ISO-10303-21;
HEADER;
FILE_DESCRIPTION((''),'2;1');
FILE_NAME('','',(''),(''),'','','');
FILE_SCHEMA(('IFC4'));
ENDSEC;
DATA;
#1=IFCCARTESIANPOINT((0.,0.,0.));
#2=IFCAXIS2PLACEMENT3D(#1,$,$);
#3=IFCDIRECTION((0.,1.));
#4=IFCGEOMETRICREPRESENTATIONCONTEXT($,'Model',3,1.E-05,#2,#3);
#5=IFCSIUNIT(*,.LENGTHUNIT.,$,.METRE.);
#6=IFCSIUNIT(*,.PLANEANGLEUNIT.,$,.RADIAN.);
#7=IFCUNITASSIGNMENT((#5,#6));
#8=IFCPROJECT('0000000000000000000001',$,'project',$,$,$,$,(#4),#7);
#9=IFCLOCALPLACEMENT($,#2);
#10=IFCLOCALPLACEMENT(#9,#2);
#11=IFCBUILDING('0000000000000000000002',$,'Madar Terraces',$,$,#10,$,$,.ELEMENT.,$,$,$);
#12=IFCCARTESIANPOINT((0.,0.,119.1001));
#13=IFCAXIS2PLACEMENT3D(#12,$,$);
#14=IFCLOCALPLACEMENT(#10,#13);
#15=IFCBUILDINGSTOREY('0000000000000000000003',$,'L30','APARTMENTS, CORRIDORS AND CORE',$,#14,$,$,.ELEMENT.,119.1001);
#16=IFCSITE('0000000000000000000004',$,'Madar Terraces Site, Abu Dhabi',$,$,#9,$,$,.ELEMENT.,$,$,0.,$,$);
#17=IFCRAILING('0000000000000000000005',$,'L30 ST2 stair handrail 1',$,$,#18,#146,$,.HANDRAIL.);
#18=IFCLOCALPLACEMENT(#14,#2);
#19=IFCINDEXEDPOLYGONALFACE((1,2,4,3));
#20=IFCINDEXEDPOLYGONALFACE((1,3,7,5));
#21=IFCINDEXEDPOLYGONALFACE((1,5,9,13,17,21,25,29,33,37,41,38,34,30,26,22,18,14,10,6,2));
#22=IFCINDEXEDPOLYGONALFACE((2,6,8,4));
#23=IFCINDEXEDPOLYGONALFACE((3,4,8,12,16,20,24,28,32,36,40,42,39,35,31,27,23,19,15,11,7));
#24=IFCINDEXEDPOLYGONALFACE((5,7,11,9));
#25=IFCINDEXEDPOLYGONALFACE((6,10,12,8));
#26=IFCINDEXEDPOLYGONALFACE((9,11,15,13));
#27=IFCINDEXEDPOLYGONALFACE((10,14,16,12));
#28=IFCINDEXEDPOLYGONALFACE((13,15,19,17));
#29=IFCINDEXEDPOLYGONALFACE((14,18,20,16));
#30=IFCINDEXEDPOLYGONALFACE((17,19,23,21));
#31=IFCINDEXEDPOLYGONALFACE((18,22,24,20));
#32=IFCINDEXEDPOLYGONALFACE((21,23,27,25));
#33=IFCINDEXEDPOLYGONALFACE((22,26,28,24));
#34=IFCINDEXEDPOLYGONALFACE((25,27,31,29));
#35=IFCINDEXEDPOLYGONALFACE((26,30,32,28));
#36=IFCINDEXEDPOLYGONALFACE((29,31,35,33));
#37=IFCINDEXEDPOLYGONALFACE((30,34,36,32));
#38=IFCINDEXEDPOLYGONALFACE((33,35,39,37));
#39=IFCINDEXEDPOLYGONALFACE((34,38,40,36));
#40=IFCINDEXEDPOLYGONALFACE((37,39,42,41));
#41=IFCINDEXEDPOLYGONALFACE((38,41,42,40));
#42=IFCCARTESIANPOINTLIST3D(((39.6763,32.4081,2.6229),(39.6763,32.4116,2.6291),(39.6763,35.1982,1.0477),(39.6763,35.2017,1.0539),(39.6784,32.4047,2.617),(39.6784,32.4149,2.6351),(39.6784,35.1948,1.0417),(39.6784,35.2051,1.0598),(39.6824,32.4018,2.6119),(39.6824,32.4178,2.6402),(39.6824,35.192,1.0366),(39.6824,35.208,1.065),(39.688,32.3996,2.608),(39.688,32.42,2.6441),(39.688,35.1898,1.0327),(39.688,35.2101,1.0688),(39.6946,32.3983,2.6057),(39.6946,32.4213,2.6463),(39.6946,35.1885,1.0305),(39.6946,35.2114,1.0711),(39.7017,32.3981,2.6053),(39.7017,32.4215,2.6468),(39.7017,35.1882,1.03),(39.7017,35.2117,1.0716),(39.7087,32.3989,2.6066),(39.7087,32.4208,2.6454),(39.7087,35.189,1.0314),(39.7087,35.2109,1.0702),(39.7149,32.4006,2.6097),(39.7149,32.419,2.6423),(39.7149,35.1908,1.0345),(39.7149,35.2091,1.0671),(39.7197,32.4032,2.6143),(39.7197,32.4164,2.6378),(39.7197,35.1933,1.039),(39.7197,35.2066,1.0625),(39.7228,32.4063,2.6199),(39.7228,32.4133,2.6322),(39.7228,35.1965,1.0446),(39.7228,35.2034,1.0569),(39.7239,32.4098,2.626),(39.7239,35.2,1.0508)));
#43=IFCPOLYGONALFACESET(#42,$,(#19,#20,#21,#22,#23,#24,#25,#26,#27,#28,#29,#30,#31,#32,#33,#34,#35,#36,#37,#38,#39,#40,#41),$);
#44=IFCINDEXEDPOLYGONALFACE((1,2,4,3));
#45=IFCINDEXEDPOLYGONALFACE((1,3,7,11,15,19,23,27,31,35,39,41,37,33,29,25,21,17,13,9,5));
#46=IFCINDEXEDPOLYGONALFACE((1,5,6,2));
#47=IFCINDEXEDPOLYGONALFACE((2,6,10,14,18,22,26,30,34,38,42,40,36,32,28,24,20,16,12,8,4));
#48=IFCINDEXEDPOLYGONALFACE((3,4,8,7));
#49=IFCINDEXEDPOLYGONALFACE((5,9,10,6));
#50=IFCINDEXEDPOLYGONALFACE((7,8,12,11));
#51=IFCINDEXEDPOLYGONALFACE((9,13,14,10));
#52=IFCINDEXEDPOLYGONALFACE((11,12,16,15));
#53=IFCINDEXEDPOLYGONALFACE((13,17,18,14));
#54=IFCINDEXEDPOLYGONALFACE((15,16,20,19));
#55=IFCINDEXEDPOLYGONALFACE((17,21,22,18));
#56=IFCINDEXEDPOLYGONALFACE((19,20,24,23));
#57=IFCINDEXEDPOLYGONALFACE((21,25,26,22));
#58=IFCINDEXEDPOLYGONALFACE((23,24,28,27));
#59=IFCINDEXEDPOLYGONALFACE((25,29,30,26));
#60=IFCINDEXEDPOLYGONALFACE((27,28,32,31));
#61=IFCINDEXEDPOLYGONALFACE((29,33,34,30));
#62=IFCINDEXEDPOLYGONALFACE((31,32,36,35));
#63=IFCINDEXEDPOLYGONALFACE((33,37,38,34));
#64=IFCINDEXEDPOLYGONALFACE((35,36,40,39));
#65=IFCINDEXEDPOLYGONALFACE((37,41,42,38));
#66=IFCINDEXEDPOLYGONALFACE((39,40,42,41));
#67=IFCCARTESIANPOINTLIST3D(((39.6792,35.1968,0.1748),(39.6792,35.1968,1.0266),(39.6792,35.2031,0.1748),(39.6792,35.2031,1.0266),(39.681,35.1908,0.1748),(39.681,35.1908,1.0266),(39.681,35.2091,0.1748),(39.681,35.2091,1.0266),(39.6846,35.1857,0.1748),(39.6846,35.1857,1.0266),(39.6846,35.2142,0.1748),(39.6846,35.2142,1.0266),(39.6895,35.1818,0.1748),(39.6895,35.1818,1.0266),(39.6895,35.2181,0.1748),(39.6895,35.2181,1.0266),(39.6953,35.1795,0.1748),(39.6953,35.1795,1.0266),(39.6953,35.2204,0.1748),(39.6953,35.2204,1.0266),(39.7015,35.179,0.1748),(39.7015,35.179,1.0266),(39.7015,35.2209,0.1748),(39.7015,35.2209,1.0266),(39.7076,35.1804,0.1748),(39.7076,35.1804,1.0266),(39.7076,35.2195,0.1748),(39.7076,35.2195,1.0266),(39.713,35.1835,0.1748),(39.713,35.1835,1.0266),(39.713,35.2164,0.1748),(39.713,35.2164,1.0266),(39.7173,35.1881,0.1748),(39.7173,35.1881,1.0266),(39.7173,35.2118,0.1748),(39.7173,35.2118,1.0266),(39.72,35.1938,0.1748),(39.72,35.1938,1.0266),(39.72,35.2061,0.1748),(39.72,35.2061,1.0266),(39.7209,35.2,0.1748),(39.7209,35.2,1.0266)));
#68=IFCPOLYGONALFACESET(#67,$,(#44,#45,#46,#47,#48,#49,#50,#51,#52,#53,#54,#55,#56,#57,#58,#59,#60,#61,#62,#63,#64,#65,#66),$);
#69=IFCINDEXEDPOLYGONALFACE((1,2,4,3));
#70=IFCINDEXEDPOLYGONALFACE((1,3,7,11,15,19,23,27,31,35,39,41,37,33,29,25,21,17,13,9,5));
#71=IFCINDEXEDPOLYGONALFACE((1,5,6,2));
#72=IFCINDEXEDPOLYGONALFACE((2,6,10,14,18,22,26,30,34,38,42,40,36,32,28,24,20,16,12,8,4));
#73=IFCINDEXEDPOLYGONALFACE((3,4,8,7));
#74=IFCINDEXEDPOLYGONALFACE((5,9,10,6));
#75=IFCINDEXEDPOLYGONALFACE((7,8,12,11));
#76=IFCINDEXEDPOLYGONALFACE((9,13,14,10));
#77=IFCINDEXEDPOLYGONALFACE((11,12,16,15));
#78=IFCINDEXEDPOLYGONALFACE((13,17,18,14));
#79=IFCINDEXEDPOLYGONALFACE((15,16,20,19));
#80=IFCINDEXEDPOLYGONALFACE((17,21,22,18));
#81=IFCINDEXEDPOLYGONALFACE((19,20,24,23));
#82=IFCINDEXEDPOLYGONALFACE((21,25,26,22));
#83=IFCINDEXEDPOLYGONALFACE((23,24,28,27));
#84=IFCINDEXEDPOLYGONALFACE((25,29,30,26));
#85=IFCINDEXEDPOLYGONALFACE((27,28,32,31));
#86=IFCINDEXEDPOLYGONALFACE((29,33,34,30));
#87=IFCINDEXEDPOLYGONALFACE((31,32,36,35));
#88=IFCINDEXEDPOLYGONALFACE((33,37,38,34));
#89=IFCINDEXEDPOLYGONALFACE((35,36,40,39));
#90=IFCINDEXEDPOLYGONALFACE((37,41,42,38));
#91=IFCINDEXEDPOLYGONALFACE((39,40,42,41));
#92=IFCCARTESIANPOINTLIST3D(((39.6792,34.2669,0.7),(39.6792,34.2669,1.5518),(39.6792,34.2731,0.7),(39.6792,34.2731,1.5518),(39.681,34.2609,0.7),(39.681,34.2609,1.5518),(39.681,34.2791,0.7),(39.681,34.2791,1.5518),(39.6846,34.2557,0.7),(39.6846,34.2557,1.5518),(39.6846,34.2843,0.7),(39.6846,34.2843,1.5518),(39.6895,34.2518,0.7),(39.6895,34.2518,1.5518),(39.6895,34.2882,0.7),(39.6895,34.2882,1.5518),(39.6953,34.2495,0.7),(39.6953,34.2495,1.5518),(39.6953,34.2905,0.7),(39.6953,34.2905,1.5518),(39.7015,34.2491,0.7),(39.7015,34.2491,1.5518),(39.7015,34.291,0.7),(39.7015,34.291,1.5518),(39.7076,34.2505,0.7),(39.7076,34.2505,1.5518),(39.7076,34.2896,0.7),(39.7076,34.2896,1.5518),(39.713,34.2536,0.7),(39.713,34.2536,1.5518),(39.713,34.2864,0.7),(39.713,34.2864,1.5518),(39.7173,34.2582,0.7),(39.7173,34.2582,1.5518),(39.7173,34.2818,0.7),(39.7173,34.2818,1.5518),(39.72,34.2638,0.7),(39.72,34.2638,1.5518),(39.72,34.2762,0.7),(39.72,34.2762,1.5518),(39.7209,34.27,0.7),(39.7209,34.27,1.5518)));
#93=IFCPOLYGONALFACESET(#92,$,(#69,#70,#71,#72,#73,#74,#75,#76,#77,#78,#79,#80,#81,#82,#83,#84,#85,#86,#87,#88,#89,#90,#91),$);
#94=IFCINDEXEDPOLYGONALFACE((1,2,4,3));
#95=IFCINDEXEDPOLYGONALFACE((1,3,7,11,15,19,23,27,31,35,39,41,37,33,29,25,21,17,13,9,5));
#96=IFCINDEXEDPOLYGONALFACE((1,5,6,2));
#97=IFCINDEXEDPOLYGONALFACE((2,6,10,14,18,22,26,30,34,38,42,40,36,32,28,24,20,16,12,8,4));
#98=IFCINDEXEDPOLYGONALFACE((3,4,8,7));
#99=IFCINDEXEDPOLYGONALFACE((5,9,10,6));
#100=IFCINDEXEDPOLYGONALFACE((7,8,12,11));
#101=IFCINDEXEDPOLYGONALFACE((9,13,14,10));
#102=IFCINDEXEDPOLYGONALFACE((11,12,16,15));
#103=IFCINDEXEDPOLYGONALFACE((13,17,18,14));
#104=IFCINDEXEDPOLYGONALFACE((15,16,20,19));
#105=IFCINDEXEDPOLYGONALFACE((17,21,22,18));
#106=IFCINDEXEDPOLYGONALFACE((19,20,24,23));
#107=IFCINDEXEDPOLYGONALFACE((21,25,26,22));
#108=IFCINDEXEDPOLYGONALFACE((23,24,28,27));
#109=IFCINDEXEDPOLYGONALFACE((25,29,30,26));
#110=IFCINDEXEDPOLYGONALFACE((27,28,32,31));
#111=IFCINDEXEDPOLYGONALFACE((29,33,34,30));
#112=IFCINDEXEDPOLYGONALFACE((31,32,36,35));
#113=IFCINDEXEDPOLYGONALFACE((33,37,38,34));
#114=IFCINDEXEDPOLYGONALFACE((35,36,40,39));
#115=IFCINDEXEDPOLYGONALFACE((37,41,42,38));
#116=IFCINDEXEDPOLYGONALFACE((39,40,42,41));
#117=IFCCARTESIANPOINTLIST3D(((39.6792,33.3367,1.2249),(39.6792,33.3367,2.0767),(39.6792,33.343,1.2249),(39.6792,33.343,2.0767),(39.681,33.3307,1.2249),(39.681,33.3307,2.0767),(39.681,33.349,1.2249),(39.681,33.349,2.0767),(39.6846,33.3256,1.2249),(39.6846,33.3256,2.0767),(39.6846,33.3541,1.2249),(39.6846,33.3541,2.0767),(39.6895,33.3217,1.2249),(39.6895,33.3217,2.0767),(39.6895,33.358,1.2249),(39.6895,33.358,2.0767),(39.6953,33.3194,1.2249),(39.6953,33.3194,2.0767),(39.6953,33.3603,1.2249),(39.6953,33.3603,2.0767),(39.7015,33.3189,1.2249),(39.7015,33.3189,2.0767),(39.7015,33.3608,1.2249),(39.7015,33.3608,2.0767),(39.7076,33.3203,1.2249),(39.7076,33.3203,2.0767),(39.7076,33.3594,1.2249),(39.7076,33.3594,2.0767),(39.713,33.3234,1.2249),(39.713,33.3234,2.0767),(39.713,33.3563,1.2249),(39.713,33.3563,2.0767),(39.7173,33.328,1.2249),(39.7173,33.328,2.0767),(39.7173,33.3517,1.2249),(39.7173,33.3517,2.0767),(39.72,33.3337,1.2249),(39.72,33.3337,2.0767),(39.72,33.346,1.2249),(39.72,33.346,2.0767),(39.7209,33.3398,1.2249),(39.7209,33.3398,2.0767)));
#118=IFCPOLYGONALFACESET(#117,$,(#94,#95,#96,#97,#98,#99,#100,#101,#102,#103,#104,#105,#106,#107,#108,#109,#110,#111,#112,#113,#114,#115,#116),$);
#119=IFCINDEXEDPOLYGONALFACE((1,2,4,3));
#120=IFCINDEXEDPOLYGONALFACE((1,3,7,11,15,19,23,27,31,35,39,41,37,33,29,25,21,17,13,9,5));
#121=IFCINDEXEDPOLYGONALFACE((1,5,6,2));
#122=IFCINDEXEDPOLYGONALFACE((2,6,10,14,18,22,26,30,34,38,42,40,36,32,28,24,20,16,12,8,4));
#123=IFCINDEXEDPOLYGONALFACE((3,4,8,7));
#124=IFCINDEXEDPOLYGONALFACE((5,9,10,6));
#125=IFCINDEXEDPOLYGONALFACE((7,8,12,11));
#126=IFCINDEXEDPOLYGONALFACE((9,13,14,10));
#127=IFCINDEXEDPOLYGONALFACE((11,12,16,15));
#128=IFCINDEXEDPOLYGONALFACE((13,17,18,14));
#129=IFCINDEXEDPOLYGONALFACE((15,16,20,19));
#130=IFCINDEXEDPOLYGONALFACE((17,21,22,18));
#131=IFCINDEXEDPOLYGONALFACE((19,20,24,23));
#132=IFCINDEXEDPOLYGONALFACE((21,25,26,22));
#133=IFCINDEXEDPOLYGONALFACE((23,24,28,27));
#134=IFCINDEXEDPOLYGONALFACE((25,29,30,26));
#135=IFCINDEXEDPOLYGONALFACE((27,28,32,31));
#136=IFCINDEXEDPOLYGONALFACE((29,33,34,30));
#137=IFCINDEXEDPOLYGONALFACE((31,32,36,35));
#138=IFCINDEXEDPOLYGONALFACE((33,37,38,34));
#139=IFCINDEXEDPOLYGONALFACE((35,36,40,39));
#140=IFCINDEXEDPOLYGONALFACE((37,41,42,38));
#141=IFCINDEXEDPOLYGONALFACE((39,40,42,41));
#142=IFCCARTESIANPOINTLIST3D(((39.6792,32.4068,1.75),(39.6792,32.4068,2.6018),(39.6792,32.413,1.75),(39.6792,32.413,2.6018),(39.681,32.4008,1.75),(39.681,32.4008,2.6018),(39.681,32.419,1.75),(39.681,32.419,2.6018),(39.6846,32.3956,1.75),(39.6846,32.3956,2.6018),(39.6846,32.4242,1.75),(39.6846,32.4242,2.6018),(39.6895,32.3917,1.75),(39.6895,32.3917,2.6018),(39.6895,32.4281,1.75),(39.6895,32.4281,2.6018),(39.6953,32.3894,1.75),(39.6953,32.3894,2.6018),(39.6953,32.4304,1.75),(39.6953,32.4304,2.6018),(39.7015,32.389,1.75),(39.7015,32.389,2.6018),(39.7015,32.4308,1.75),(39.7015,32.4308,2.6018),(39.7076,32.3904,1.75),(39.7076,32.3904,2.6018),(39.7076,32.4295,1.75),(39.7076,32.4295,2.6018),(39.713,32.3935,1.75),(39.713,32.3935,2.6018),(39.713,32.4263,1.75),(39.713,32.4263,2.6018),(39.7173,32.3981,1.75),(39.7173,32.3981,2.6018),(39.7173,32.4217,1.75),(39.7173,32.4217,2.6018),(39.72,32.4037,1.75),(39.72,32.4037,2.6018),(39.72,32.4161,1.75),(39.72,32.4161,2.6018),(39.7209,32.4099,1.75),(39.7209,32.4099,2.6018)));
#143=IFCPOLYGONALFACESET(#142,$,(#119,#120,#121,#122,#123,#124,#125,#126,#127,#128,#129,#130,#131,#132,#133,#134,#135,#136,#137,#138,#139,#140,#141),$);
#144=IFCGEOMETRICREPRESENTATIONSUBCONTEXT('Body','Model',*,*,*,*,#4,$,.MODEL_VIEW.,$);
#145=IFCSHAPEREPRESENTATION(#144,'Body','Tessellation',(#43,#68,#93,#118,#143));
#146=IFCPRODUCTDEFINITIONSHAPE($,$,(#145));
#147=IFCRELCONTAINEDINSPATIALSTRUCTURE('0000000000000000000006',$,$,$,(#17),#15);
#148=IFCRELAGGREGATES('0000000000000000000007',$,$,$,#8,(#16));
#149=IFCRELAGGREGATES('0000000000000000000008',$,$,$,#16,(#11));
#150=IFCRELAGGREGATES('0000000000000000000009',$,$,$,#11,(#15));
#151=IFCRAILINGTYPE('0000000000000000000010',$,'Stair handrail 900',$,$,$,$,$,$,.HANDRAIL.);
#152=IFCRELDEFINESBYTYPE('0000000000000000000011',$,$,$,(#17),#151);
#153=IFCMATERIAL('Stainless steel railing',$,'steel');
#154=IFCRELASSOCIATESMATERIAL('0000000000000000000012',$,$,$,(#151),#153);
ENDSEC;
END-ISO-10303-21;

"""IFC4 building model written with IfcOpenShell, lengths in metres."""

from ifc_helpers import new_model, si_unit, direction, frame, origin, origin_2d, place, context, subcontext, project, spatial, circle, extrude, material, type_object, element, save


model = new_model("IFC4")

# Units and contexts
model_context = context("Model", 3, precision=1e-05, world=origin(), true_north=direction((0.0, 1.0)))
body_context = subcontext(model_context, "Body", "Model", "MODEL_VIEW")
ifc_project = project(units=[si_unit("LENGTHUNIT", "METRE"), si_unit("PLANEANGLEUNIT", "RADIAN")], contexts=[model_context])

# Site, building, storey
site_placement = place(None, origin())
site = spatial("IfcSite", under=ifc_project, at=site_placement, Name="Madar Terraces Site, Abu Dhabi", CompositionType="ELEMENT", RefElevation=0.0)
building_placement = place(site_placement, origin())
building = spatial("IfcBuilding", under=site, at=building_placement, Name="Madar Terraces", CompositionType="ELEMENT")
storey_placement = place(building_placement, frame((0.0, 0.0, 119.1001)))
storey = spatial("IfcBuildingStorey", under=building, at=storey_placement, Name="L30", Description="APARTMENTS, CORRIDORS AND CORE", CompositionType="ELEMENT", Elevation=119.1001)

# Railing
ifc_material_1 = material(Name="Stainless steel railing", Category="steel")
railing_type_1 = type_object("IfcRailingType", Name="Stair handrail 900", PredefinedType="HANDRAIL", material=ifc_material_1)
railing_1_placement = place(storey_placement, frame((39.7, 35.2, 0.1748)))
element("IfcRailing", 1, at=railing_1_placement, inside=storey, type_object=railing_type_1, Name="L30 ST2 stair handrail 1", PredefinedType="HANDRAIL", context=body_context, shape_type="SweptSolid", body=[
    extrude(circle(Radius=0.0239, at=origin_2d()), frame((0.0, 0.0, 0.876), z_axis=(0.0, -0.870801, 0.491635), x_axis=(1.0, 0.0, 0.0)), (0.0, 0.0, 1.0), 3.2041),
    extrude(circle(Radius=0.021, at=origin_2d()), origin(), (0.0, 0.0, 1.0), 0.8518),
    extrude(circle(Radius=0.021, at=origin_2d()), frame((0.0, -0.9299, 0.5251)), (0.0, 0.0, 1.0), 0.8518),
    extrude(circle(Radius=0.021, at=origin_2d()), frame((0.0, -1.8601, 1.05)), (0.0, 0.0, 1.0), 0.8518),
    extrude(circle(Radius=0.021, at=origin_2d()), frame((0.0, -2.79, 1.5752)), (0.0, 0.0, 1.0), 0.8518),
])

save(model, "model.ifc")
